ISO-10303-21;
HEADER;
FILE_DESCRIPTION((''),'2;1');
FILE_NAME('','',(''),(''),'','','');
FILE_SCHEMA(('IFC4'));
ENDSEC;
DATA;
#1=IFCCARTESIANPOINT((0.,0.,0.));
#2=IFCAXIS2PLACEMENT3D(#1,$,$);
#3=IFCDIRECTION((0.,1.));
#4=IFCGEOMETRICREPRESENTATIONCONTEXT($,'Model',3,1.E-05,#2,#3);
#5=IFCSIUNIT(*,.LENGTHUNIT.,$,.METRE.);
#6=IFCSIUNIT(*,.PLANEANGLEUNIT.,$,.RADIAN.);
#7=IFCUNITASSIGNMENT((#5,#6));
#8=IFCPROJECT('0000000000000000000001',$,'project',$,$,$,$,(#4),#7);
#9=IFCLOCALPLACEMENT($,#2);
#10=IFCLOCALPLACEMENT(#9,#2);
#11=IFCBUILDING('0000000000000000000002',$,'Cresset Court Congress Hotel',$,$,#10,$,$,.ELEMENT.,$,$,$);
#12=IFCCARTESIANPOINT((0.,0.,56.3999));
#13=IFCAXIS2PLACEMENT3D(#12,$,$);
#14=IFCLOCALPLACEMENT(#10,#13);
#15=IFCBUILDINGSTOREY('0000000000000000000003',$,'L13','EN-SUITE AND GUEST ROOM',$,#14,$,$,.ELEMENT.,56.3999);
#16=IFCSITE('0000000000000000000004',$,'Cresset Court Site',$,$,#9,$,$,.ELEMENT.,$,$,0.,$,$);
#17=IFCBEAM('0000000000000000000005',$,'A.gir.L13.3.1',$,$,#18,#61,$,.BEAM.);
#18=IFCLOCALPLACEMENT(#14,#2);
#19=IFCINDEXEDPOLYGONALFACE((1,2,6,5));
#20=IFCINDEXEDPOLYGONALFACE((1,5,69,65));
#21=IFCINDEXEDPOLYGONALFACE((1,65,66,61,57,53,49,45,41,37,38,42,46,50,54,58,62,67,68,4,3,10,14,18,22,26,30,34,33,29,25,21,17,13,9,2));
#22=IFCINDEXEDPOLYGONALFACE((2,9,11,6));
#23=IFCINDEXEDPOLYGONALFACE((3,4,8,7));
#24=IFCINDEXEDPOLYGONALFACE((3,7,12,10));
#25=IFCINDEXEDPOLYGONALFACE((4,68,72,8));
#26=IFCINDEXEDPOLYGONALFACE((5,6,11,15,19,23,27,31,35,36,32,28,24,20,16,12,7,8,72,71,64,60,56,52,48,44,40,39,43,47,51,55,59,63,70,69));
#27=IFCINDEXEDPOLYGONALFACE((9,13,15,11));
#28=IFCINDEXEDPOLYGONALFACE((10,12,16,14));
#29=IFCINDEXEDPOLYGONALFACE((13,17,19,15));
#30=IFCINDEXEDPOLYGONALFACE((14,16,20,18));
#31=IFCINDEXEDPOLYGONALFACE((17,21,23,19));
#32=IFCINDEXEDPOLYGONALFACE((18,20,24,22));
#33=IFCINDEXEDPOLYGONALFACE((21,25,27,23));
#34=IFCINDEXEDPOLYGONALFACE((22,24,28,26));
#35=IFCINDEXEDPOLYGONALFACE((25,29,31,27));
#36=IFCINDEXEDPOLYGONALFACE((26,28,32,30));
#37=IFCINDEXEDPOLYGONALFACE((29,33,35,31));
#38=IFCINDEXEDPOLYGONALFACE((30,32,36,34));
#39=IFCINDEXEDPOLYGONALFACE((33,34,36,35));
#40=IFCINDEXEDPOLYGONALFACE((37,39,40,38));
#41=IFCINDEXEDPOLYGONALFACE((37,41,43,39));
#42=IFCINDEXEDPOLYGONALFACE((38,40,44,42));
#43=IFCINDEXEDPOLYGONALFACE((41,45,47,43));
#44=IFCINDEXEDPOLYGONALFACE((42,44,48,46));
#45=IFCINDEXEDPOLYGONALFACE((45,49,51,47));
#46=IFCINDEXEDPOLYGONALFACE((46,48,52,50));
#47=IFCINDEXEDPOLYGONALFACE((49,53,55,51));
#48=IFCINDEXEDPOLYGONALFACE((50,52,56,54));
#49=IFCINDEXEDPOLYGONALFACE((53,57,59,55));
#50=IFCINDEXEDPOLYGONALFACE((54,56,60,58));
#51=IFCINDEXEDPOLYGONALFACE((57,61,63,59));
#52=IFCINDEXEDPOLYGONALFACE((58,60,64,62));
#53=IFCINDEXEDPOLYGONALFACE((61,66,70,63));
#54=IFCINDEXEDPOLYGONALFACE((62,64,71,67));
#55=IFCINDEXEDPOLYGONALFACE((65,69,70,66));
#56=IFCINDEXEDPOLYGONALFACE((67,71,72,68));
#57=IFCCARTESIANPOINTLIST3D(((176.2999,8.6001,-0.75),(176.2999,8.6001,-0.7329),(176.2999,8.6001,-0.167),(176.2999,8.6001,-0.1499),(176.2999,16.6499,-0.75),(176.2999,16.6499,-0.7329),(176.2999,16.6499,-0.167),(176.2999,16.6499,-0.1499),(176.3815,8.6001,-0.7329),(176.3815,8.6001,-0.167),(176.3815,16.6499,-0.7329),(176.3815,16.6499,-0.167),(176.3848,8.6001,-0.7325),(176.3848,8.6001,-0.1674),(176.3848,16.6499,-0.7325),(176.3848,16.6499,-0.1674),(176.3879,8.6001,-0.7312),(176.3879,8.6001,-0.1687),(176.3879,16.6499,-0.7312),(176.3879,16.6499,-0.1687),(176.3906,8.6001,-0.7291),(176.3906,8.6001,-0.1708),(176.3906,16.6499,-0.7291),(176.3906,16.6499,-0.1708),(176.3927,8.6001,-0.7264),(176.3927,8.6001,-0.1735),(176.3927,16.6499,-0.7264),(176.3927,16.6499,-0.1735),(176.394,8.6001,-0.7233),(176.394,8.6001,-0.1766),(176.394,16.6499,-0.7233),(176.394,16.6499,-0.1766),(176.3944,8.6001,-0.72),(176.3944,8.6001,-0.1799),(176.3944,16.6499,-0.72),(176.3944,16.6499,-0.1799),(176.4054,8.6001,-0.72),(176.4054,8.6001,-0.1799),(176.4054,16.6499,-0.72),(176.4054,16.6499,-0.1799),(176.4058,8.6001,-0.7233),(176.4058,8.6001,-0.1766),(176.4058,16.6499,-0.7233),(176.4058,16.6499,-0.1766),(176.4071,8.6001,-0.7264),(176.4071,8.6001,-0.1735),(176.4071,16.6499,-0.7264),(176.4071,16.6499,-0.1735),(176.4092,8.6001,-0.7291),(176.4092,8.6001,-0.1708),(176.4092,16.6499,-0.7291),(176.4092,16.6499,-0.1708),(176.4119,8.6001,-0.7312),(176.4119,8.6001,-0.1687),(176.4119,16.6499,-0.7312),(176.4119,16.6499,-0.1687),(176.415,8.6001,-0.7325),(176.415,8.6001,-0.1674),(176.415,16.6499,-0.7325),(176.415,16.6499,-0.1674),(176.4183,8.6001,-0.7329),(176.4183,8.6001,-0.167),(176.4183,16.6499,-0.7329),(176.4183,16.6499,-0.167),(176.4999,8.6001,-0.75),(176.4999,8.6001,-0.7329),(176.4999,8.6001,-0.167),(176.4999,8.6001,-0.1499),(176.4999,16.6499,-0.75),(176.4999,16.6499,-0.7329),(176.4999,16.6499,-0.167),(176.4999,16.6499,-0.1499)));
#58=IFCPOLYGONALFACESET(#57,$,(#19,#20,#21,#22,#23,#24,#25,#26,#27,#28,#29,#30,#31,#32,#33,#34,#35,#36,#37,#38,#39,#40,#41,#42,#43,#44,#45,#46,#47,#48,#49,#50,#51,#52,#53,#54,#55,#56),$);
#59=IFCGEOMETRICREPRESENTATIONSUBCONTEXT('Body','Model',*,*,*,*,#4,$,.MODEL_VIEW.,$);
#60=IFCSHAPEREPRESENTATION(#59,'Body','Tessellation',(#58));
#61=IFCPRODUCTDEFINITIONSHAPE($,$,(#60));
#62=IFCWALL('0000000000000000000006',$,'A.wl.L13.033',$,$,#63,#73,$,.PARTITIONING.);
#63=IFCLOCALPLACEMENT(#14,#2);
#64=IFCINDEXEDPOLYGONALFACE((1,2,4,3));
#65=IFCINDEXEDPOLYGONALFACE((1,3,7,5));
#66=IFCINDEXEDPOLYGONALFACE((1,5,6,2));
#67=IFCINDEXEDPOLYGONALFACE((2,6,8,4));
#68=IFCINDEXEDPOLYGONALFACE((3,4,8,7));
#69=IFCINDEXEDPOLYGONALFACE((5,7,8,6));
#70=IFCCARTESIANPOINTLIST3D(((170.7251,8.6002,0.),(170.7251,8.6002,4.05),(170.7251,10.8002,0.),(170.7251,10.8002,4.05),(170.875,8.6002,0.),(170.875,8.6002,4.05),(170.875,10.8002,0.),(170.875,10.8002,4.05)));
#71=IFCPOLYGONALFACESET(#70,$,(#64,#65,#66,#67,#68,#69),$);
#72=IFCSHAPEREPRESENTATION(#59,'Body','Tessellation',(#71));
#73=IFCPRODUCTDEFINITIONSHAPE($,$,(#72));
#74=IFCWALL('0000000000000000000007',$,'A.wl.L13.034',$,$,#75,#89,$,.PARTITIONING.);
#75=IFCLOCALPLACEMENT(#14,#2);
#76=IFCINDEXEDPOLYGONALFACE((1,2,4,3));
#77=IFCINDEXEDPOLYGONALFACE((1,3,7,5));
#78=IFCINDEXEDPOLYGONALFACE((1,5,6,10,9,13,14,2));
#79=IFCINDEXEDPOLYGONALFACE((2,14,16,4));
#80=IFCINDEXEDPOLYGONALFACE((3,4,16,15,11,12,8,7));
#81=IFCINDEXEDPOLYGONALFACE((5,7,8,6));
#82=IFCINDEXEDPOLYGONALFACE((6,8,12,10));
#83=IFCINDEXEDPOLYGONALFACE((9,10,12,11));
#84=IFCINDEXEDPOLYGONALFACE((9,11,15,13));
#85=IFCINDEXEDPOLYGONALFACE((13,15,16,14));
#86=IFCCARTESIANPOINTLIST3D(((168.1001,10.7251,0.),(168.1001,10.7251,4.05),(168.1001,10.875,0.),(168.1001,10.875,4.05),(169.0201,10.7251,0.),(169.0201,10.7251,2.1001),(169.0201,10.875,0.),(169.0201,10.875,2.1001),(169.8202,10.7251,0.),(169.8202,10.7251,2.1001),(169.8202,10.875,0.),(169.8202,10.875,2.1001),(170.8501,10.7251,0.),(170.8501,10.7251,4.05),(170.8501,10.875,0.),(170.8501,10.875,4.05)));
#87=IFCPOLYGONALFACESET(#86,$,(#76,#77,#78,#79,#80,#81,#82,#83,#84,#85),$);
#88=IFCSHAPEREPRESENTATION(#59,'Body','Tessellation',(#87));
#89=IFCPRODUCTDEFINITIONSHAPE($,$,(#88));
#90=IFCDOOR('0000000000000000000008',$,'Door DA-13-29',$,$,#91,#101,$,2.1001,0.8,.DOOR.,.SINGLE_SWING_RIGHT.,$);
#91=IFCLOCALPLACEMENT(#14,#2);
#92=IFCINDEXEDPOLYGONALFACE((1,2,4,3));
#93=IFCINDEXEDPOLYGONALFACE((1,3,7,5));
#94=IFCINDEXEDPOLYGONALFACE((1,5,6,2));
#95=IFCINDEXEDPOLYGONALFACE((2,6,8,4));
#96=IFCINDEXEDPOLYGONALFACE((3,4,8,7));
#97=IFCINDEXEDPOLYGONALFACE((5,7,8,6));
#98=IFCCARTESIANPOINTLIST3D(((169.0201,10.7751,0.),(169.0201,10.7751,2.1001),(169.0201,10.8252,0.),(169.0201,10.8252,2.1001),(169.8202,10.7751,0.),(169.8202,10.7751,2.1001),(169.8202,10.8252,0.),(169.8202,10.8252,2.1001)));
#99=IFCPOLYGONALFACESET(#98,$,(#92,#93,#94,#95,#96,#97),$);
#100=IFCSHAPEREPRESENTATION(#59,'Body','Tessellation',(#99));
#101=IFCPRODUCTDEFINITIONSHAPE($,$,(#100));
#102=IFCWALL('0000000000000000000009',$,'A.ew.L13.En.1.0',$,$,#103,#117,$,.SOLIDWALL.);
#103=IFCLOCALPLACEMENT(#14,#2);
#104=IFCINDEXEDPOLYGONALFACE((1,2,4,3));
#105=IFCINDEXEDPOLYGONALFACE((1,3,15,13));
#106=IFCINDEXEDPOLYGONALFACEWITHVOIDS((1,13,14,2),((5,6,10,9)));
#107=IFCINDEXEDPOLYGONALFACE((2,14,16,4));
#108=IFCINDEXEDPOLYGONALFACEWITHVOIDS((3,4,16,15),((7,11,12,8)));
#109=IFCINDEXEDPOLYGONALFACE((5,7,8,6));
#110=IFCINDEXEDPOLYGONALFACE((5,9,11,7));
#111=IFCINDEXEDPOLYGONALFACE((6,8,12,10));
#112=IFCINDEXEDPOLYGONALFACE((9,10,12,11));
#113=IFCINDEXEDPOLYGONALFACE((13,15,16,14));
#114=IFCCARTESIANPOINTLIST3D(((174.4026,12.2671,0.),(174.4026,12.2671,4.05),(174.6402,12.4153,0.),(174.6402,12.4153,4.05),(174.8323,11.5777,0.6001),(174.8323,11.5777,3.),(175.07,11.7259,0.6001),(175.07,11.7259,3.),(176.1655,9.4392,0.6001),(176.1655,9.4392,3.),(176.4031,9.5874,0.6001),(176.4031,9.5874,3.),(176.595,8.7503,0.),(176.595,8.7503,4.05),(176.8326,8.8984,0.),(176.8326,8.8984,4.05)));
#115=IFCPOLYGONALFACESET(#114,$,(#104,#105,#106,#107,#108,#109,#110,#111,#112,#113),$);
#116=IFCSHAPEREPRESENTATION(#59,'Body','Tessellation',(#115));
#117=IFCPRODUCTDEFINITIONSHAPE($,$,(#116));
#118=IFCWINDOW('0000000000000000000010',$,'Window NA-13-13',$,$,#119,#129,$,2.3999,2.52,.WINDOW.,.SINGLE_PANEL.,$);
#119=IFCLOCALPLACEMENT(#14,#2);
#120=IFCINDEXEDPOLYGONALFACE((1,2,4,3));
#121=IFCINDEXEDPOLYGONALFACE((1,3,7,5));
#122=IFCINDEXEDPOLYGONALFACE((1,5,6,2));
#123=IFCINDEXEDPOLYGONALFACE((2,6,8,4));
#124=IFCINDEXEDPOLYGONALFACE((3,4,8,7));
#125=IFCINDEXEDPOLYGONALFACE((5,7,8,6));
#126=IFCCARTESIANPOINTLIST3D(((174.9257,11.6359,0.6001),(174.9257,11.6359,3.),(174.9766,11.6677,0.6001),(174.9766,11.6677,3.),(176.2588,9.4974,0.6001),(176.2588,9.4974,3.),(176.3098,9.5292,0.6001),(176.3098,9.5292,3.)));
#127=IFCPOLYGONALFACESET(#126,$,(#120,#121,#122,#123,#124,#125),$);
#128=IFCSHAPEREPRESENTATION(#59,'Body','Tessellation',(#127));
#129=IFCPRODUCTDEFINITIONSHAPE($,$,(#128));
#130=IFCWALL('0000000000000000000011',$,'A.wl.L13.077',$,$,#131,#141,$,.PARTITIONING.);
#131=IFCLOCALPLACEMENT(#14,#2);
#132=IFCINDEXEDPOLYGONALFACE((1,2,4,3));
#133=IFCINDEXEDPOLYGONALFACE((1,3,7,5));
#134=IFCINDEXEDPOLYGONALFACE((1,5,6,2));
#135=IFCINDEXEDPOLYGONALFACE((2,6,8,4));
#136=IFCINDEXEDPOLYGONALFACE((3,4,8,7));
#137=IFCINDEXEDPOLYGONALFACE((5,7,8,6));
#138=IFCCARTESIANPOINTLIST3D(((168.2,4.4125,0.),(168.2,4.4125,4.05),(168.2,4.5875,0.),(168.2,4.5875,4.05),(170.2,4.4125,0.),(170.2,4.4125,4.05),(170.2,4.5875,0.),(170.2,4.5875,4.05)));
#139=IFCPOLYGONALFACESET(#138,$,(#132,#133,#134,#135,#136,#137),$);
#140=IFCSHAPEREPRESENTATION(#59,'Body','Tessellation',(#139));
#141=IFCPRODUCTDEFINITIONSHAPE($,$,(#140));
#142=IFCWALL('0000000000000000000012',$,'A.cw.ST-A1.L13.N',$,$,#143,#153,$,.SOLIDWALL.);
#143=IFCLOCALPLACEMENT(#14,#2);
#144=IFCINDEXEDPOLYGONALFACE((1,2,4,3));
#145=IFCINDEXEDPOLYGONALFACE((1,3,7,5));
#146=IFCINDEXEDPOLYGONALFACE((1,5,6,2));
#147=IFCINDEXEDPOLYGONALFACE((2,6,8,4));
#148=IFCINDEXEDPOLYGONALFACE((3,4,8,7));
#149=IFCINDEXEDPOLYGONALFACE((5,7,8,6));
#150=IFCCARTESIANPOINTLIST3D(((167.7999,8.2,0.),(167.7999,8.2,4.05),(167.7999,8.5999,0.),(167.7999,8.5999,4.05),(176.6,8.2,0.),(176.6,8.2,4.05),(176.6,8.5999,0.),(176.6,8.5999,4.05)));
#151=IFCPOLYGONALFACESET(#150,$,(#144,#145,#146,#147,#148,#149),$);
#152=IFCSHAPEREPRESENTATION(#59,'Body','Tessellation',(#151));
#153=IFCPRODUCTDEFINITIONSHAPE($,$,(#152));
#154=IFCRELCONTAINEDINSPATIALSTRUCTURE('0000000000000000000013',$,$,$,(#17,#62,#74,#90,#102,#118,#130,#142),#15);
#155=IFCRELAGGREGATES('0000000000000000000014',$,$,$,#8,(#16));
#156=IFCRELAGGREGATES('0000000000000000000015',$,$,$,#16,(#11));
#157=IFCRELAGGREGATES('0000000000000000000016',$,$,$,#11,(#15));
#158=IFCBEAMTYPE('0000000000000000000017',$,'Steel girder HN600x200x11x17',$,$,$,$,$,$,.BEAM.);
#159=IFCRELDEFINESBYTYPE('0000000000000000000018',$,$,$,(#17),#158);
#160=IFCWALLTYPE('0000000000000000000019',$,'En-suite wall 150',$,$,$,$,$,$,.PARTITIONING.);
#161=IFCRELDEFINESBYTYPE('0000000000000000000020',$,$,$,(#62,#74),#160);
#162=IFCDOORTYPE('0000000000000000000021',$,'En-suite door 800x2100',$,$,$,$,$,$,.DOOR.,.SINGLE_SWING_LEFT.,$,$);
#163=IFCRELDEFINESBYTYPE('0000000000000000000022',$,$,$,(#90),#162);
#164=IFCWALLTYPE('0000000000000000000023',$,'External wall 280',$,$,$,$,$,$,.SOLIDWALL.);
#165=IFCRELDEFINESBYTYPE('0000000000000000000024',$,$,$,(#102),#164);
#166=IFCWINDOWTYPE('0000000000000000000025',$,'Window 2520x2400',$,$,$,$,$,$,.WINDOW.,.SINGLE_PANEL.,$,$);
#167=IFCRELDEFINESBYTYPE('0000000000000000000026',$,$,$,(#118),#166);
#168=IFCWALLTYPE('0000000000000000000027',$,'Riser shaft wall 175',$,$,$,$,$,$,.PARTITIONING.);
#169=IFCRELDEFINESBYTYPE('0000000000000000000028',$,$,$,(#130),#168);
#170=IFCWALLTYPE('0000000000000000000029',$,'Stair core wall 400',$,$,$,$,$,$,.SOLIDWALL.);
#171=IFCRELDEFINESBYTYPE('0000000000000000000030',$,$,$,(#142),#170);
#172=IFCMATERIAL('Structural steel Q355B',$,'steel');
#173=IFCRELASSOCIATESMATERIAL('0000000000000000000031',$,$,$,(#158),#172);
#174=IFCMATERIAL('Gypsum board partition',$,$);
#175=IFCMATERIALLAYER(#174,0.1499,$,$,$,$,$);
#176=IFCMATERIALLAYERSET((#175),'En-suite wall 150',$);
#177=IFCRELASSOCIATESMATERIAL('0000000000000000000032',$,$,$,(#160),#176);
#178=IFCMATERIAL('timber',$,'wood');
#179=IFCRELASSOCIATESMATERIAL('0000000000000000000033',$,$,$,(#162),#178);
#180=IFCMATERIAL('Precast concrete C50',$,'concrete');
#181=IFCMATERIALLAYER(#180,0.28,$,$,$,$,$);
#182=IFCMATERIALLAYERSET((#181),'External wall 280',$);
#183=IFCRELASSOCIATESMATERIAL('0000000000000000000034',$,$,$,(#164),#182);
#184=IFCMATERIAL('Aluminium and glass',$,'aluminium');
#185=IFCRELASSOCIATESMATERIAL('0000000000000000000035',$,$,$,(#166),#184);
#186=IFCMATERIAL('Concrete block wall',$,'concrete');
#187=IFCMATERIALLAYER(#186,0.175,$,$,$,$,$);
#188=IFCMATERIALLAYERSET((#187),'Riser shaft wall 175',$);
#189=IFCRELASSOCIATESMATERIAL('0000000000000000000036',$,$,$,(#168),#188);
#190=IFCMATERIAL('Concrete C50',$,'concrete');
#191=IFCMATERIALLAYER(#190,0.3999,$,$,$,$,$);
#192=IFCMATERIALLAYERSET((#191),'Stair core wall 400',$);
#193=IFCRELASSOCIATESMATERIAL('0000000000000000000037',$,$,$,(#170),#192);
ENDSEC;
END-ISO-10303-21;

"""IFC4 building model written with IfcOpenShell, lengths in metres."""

from ifc_helpers import new_model, si_unit, direction, frame, frame_2d, origin, origin_2d, place, context, subcontext, project, spatial, rectangle, i_section, extrude, material, layer, layer_set, material_profile, profile_set, type_object, element, fill, save


model = new_model("IFC4")

# Units and contexts
model_context = context("Model", 3, precision=1e-05, world=origin(), true_north=direction((0.0, 1.0)))
body_context = subcontext(model_context, "Body", "Model", "MODEL_VIEW")
ifc_project = project(units=[si_unit("LENGTHUNIT", "METRE"), si_unit("PLANEANGLEUNIT", "RADIAN")], contexts=[model_context])

# Site, building, storey
site_placement = place(None, origin())
site = spatial("IfcSite", under=ifc_project, at=site_placement, Name="Cresset Court Site", CompositionType="ELEMENT", RefElevation=0.0)
building_placement = place(site_placement, origin())
building = spatial("IfcBuilding", under=site, at=building_placement, Name="Cresset Court Congress Hotel", CompositionType="ELEMENT")
storey_placement = place(building_placement, frame((0.0, 0.0, 56.3999)))
storey = spatial("IfcBuildingStorey", under=building, at=storey_placement, Name="L13", Description="EN-SUITE AND GUEST ROOM", CompositionType="ELEMENT", Elevation=56.3999)

# Beam
ifc_material_1 = material(Name="Structural steel Q355B", Category="steel")
ifc_material_profile_1 = material_profile(ifc_material_1, i_section(OverallWidth=0.2, OverallDepth=0.6001, WebThickness=0.011, FlangeThickness=0.0171, FilletRadius=0.0129, at=origin_2d()), Name="HN600x200x11x17")
ifc_profile_set_1 = profile_set([ifc_material_profile_1], Name="Structural steel Q355B")
beam_type_1 = type_object("IfcBeamType", Name="Steel girder HN600x200x11x17", PredefinedType="BEAM", material=ifc_profile_set_1)
for number, where, z_axis, x_axis, name in (
    (1, (176.3999, 8.6001, -0.45), (0.0, 1.0, 0.0), (-1.0, 0.0, 0.0), "A.gir.L13.3.1"),
):
    element("IfcBeam", number, at=place(storey_placement, frame(where, z_axis=z_axis, x_axis=x_axis)), inside=storey, type_object=beam_type_1, Name=name, PredefinedType="BEAM", context=body_context, shape_type="SweptSolid", body=[
        extrude(i_section(OverallWidth=0.2, OverallDepth=0.6001, WebThickness=0.011, FlangeThickness=0.0171, FilletRadius=0.0129, at=origin_2d()), origin(), (0.0, 0.0, 1.0), 8.0498),
    ])

# Wall
ifc_material_2 = material(Name="Gypsum board partition")
ifc_layer_1 = layer(ifc_material_2, 0.1499)
ifc_layer_set_1 = layer_set([ifc_layer_1], Name="En-suite wall 150")
wall_type_1 = type_object("IfcWallType", Name="En-suite wall 150", PredefinedType="PARTITIONING", material=ifc_layer_set_1)
wall_1_placement = place(storey_placement, frame((170.8, 8.6001, 0.0), z_axis=(0.0, 0.0, 1.0), x_axis=(0.0, 1.0, 0.0)))
element("IfcWall", 2, at=wall_1_placement, inside=storey, type_object=wall_type_1, Name="A.wl.L13.033", PredefinedType="PARTITIONING", context=body_context, shape_type="SweptSolid", body=[
    extrude(rectangle(XDim=2.2, YDim=0.1499, at=frame_2d((1.1001, 0.0))), origin(), (0.0, 0.0, 1.0), 4.05),
])

# Wall, opening, door
wall_2_placement = place(storey_placement, frame((170.8501, 10.8, 0.0), z_axis=(0.0, 0.0, 1.0), x_axis=(-1.0, 0.0, 0.0)))
wall_2 = element("IfcWall", 3, at=wall_2_placement, inside=storey, type_object=wall_type_1, Name="A.wl.L13.034", PredefinedType="PARTITIONING", context=body_context, shape_type="SweptSolid", body=[
    extrude(rectangle(XDim=2.75, YDim=0.1499, at=frame_2d((1.375, 0.0))), origin(), (0.0, 0.0, 1.0), 4.05),
])
opening_1_placement = place(wall_2_placement, frame((1.03, 0.0, 0.0)))
opening_1 = element("IfcOpeningElement", 4, at=opening_1_placement, cuts=wall_2, PredefinedType="OPENING", context=body_context, shape_type="SweptSolid", body=[
    extrude(rectangle(XDim=0.8, YDim=2.1001, at=frame_2d((0.3999, 1.05))), frame((0.0, 0.085, 0.0), z_axis=(0.0, -1.0, 0.0), x_axis=(1.0, 0.0, 0.0)), (0.0, 0.0, 1.0), 0.1699),
])
ifc_material_3 = material(Name="timber", Category="wood")
door_type_1 = type_object("IfcDoorType", Name="En-suite door 800x2100", OperationType="SINGLE_SWING_LEFT", PredefinedType="DOOR", material=ifc_material_3)
door_1_placement = place(opening_1_placement, origin())
door_1 = element("IfcDoor", 5, at=door_1_placement, inside=storey, type_object=door_type_1, Name="Door DA-13-29", OperationType="SINGLE_SWING_RIGHT", OverallHeight=2.1001, OverallWidth=0.8, PredefinedType="DOOR", context=body_context, shape_type="SweptSolid", body=[
    extrude(rectangle(XDim=0.8, YDim=2.1001, at=frame_2d((0.3999, 1.05))), frame((0.0, 0.0249, 0.0), z_axis=(0.0, -1.0, 0.0), x_axis=(1.0, 0.0, 0.0)), (0.0, 0.0, 1.0), 0.05),
])
fill(opening_1, door_1)

# Wall, opening, window
ifc_material_4 = material(Name="Precast concrete C50", Category="concrete")
ifc_layer_2 = layer(ifc_material_4, 0.28)
ifc_layer_set_2 = layer_set([ifc_layer_2], Name="External wall 280")
wall_type_2 = type_object("IfcWallType", Name="External wall 280", PredefinedType="SOLIDWALL", material=ifc_layer_set_2)
wall_3_placement = place(storey_placement, frame((176.7139, 8.8242, 0.0), z_axis=(0.0, 0.0, 1.0), x_axis=(-0.529019, 0.84861, 0.0)))
wall_3 = element("IfcWall", 6, at=wall_3_placement, inside=storey, type_object=wall_type_2, Name="A.ew.L13.En.1.0", PredefinedType="SOLIDWALL", context=body_context, shape_type="SweptSolid", body=[
    extrude(rectangle(XDim=4.1443, YDim=0.28, at=frame_2d((2.0723, 0.0))), origin(), (0.0, 0.0, 1.0), 4.05),
])
opening_2_placement = place(wall_3_placement, frame((0.812, 0.0, 0.6001)))
opening_2 = element("IfcOpeningElement", 7, at=opening_2_placement, cuts=wall_3, PredefinedType="OPENING", context=body_context, shape_type="SweptSolid", body=[
    extrude(rectangle(XDim=2.52, YDim=2.3999, at=frame_2d((1.26, 1.2))), frame((0.0, 0.1499, 0.0), z_axis=(0.0, -1.0, 0.0), x_axis=(1.0, 0.0, 0.0)), (0.0, 0.0, 1.0), 0.3),
])
ifc_material_5 = material(Name="Aluminium and glass", Category="aluminium")
window_type = type_object("IfcWindowType", Name="Window 2520x2400", PartitioningType="SINGLE_PANEL", PredefinedType="WINDOW", material=ifc_material_5)
window_placement = place(opening_2_placement, origin())
window = element("IfcWindow", 8, at=window_placement, inside=storey, type_object=window_type, Name="Window NA-13-13", OverallHeight=2.3999, OverallWidth=2.52, PartitioningType="SINGLE_PANEL", PredefinedType="WINDOW", context=body_context, shape_type="SweptSolid", body=[
    extrude(rectangle(XDim=2.52, YDim=2.3999, at=frame_2d((1.26, 1.2))), frame((0.0, 0.03, 0.0), z_axis=(0.0, -1.0, 0.0), x_axis=(1.0, 0.0, 0.0)), (0.0, 0.0, 1.0), 0.0601),
])
fill(opening_2, window)

# Walls
ifc_material_6 = material(Name="Concrete block wall", Category="concrete")
ifc_layer_3 = layer(ifc_material_6, 0.175)
ifc_layer_set_3 = layer_set([ifc_layer_3], Name="Riser shaft wall 175")
wall_type_3 = type_object("IfcWallType", Name="Riser shaft wall 175", PredefinedType="PARTITIONING", material=ifc_layer_set_3)
wall_4_placement = place(storey_placement, frame((168.2, 4.5, 0.0), z_axis=(0.0, 0.0, 1.0), x_axis=(1.0, 0.0, 0.0)))
element("IfcWall", 9, at=wall_4_placement, inside=storey, type_object=wall_type_3, Name="A.wl.L13.077", PredefinedType="PARTITIONING", context=body_context, shape_type="SweptSolid", body=[
    extrude(rectangle(XDim=2.0, YDim=0.175, at=frame_2d((1.0, 0.0))), origin(), (0.0, 0.0, 1.0), 4.05),
])
ifc_material_7 = material(Name="Concrete C50", Category="concrete")
ifc_layer_4 = layer(ifc_material_7, 0.3999)
ifc_layer_set_4 = layer_set([ifc_layer_4], Name="Stair core wall 400")
wall_type_4 = type_object("IfcWallType", Name="Stair core wall 400", PredefinedType="SOLIDWALL", material=ifc_layer_set_4)
wall_5_placement = place(storey_placement, frame((167.8, 8.3999, 0.0), z_axis=(0.0, 0.0, 1.0), x_axis=(1.0, 0.0, 0.0)))
element("IfcWall", 10, at=wall_5_placement, inside=storey, type_object=wall_type_4, Name="A.cw.ST-A1.L13.N", PredefinedType="SOLIDWALL", context=body_context, shape_type="SweptSolid", body=[
    extrude(rectangle(XDim=8.8, YDim=0.3999, at=frame_2d((4.3999, 0.0))), origin(), (0.0, 0.0, 1.0), 4.05),
])

save(model, "model.ifc")
